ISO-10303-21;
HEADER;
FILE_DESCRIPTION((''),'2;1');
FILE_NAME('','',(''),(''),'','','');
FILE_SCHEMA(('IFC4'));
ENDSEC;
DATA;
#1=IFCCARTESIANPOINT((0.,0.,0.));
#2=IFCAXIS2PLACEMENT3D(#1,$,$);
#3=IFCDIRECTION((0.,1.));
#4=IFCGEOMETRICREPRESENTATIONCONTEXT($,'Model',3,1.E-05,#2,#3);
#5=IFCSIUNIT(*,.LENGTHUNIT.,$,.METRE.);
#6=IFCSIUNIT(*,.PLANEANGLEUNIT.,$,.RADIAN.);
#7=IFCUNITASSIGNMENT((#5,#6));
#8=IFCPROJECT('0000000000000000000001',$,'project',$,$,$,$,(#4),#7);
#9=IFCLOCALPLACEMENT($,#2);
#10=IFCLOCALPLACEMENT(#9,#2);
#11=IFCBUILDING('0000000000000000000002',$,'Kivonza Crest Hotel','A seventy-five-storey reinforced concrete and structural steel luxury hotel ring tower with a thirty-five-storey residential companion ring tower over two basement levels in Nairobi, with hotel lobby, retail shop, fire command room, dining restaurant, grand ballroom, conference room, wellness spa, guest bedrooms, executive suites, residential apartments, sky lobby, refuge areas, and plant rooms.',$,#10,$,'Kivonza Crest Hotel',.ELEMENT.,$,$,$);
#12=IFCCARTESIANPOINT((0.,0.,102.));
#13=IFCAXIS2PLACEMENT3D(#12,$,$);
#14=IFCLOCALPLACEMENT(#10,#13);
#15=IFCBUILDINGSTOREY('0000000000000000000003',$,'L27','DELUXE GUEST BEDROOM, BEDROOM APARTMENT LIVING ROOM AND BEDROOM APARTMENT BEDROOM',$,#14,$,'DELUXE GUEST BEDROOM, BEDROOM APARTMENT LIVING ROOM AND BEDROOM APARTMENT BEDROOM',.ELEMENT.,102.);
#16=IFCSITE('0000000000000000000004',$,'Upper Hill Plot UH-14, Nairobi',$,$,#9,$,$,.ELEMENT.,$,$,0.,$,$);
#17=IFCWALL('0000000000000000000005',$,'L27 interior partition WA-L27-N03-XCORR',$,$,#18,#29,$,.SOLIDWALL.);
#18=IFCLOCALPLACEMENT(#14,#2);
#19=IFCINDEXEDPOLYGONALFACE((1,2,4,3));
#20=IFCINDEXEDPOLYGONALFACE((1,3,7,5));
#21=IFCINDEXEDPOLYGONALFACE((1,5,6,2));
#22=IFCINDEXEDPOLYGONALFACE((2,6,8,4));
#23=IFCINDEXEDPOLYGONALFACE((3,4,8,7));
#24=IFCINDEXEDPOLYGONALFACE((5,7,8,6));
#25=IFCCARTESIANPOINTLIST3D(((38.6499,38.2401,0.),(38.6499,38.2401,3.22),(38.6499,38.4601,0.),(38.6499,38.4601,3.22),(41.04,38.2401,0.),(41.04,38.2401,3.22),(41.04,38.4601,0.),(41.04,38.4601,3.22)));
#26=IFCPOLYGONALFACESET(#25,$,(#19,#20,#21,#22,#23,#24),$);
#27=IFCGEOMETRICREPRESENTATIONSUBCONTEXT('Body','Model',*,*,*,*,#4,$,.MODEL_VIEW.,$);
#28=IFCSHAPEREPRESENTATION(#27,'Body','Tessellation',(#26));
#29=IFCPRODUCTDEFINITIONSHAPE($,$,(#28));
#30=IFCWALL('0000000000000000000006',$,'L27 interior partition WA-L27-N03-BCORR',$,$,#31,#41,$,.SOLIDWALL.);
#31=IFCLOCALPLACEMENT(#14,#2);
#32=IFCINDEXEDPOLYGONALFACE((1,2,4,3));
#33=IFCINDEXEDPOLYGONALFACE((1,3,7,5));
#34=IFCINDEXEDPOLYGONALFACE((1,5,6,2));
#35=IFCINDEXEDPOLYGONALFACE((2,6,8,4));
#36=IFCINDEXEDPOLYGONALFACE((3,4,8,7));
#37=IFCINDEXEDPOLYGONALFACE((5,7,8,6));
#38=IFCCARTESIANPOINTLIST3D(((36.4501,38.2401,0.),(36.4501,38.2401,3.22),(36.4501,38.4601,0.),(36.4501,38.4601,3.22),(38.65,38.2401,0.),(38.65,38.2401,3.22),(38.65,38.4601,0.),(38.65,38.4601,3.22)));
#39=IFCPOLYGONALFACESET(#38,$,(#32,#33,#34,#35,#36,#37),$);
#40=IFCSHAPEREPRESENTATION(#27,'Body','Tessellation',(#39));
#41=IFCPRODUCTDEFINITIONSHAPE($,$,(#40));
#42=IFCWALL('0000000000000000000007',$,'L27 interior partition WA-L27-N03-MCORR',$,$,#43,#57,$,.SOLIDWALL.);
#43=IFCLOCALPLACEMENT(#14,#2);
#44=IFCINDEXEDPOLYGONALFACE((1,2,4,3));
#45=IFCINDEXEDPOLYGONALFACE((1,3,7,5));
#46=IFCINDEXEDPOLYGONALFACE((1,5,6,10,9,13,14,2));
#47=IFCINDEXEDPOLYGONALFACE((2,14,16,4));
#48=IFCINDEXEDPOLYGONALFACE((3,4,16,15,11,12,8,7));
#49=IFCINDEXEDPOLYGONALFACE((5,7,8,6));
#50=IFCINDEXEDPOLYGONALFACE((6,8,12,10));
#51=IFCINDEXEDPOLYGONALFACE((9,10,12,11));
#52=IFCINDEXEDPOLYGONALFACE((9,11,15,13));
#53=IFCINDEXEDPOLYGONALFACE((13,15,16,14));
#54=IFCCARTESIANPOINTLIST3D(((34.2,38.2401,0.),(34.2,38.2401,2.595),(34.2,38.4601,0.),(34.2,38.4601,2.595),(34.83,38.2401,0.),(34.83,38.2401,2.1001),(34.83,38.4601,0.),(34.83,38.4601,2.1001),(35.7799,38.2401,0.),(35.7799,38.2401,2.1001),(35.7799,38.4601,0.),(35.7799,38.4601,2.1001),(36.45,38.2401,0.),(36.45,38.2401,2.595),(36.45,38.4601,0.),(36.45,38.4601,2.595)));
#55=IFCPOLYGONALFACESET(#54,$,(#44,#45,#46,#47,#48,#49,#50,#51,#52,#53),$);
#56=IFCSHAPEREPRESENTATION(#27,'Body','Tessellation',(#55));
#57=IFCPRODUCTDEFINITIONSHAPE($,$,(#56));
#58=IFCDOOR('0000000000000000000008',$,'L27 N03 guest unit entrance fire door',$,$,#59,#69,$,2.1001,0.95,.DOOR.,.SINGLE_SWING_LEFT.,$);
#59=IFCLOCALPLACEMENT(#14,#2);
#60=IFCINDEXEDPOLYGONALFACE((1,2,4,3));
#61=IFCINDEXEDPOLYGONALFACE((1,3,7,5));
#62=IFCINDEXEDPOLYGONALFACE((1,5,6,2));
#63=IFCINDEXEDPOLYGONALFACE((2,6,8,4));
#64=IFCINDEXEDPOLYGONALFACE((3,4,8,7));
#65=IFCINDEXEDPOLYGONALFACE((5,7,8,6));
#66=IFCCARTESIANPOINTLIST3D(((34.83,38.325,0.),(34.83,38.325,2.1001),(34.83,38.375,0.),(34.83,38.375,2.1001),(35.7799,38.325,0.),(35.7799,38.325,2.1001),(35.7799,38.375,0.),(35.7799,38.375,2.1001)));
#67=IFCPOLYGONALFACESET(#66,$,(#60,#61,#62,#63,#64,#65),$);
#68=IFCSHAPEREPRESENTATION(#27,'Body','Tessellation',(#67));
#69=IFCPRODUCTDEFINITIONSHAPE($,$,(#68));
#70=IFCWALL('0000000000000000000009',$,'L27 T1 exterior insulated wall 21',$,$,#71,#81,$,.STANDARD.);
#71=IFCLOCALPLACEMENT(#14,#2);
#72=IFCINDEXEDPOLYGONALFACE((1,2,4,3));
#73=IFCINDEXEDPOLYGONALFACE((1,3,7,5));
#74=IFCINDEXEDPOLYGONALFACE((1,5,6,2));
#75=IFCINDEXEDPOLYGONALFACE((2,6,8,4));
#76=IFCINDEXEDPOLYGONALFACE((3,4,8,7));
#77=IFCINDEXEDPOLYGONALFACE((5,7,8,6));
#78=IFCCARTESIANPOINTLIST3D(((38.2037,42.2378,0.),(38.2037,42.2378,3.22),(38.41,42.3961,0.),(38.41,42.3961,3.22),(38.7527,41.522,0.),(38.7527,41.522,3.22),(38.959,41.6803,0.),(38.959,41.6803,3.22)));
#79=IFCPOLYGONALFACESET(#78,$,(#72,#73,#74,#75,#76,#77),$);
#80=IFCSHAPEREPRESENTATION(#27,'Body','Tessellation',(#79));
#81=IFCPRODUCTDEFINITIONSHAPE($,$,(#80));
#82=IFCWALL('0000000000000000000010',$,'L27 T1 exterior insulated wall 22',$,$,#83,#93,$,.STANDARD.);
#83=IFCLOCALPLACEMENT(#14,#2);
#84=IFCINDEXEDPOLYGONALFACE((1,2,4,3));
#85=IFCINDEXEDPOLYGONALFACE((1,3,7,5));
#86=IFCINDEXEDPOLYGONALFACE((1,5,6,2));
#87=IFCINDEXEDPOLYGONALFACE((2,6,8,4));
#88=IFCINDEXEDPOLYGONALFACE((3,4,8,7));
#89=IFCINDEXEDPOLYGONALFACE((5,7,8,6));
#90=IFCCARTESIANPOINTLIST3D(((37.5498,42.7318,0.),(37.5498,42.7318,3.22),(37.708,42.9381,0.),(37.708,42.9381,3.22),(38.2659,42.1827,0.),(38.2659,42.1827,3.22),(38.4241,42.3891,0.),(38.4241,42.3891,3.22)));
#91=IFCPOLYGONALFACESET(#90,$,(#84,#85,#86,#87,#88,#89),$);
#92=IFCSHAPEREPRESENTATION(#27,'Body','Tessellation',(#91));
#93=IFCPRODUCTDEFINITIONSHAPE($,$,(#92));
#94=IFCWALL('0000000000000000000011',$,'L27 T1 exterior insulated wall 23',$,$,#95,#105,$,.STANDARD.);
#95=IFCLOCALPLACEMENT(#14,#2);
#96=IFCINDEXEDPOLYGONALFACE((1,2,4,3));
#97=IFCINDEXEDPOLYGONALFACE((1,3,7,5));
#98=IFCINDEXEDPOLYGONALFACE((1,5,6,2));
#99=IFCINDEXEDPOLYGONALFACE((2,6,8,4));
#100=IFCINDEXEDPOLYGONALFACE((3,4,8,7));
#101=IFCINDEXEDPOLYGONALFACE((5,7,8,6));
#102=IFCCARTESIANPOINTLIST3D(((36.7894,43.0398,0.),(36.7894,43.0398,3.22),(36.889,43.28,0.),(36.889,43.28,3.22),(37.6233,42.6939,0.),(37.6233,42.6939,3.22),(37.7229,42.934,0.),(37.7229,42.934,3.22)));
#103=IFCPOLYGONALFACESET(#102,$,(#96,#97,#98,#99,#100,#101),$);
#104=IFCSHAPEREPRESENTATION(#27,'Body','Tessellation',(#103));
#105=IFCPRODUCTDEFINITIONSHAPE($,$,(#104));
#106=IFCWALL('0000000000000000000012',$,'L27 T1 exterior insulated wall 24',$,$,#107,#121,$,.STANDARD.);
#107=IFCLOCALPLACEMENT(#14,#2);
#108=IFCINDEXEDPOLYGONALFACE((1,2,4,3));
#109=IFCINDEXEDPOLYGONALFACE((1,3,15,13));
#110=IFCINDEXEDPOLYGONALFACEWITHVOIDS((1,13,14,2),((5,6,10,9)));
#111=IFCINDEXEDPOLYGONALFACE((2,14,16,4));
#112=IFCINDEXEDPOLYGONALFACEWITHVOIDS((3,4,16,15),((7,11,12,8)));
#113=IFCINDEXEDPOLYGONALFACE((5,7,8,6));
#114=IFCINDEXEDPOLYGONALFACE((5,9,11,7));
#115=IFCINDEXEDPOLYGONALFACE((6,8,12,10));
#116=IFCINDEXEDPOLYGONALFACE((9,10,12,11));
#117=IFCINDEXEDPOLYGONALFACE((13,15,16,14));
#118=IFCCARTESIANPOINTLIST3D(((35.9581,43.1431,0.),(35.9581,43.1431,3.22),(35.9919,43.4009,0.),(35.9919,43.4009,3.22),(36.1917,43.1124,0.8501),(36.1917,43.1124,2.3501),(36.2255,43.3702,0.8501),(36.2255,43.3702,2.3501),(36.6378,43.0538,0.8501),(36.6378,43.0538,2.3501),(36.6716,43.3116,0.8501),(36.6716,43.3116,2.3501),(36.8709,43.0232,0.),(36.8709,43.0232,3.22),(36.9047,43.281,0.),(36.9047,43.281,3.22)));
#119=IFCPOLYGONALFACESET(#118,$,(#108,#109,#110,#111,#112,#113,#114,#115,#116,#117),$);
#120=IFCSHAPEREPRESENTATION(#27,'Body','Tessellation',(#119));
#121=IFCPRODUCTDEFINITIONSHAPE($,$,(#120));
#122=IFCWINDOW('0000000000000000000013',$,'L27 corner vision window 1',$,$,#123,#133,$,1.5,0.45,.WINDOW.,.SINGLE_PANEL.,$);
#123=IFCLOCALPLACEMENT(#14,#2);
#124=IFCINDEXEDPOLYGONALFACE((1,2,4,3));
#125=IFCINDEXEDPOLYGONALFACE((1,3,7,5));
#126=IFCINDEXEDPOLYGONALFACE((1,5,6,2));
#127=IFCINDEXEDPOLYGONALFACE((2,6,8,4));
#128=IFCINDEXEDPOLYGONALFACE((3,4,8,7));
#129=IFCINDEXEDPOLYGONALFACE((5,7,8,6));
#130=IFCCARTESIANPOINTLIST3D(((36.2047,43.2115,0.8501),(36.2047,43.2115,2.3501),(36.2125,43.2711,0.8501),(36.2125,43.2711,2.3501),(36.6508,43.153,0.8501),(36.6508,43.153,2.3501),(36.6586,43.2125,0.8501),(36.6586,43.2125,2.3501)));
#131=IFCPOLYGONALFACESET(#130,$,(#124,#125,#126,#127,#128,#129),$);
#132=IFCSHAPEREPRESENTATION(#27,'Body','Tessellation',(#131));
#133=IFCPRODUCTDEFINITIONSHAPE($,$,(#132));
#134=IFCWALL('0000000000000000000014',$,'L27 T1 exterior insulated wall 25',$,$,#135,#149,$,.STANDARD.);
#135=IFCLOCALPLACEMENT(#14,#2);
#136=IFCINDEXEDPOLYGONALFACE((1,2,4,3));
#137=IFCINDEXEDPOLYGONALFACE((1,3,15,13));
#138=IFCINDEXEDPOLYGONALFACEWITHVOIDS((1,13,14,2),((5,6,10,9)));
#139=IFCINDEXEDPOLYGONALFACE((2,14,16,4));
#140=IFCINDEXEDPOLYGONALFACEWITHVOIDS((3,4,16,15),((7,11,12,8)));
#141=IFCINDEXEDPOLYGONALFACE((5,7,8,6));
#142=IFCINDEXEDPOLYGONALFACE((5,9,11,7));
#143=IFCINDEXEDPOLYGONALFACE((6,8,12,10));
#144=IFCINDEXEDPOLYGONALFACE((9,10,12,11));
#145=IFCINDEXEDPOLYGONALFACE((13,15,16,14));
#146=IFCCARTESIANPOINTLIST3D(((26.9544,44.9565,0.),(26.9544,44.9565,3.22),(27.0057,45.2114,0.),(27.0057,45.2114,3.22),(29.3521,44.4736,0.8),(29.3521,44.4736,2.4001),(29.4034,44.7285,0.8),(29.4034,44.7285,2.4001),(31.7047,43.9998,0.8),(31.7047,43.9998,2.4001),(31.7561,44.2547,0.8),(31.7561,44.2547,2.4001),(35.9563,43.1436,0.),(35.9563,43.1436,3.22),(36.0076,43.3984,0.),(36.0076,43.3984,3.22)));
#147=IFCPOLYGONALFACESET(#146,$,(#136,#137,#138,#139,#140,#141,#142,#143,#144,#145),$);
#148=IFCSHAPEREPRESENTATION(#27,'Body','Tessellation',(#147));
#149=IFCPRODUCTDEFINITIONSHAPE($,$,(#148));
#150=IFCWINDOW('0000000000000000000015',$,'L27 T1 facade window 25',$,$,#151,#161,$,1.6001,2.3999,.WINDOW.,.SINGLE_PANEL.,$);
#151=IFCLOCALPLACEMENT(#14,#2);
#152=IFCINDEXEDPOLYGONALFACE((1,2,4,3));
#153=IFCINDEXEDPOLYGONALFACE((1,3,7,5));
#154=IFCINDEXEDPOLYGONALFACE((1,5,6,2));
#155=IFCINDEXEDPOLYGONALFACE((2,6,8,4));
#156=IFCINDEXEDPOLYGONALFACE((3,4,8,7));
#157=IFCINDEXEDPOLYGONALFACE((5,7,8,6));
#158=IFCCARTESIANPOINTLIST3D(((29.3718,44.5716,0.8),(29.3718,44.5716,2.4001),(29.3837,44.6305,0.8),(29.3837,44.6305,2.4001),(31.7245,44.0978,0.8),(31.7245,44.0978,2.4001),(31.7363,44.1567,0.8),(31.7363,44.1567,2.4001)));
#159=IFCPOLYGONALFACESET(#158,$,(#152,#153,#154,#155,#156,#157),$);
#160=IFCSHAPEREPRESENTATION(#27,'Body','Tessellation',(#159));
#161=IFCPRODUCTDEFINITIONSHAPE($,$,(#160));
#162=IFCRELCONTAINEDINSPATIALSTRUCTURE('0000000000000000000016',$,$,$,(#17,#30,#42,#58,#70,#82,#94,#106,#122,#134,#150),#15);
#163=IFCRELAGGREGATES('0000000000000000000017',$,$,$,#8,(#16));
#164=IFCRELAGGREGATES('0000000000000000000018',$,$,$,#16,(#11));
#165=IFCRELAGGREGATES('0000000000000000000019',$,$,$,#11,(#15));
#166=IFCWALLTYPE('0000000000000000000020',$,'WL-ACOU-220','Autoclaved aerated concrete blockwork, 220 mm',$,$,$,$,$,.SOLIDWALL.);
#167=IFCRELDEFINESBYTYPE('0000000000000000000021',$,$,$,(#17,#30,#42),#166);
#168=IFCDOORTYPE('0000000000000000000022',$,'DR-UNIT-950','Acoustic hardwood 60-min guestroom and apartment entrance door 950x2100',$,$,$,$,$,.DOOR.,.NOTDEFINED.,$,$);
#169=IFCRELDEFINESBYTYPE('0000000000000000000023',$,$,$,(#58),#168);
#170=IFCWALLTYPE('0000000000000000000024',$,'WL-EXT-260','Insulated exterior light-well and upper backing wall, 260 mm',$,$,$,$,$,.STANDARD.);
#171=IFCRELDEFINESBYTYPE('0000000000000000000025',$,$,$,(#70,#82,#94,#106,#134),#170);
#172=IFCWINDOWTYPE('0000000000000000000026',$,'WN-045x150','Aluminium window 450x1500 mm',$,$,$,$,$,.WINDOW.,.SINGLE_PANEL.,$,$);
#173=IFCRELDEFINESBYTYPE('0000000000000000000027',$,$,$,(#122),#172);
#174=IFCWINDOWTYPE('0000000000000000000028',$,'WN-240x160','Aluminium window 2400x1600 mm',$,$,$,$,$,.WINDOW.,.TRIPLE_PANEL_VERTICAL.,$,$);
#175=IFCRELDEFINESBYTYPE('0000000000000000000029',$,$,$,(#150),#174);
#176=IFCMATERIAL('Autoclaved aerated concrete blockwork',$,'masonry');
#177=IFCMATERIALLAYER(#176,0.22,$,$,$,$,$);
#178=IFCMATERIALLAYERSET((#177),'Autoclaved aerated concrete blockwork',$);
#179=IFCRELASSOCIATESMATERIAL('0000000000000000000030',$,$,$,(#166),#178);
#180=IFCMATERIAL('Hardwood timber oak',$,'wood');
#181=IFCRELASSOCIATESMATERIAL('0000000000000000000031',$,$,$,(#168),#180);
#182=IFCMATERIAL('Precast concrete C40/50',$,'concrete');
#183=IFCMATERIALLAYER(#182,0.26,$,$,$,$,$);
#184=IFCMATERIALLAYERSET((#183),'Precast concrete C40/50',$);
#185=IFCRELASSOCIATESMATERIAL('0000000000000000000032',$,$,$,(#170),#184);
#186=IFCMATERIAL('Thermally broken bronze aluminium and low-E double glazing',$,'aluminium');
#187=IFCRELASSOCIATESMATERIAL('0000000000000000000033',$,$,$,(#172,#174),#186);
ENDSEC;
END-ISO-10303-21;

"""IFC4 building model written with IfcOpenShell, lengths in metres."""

from ifc_helpers import new_model, si_unit, direction, frame, frame_2d, origin, place, context, subcontext, project, spatial, rectangle, extrude, material, layer, layer_set, type_object, element, fill, save


model = new_model("IFC4")

# Units and contexts
model_context = context("Model", 3, precision=1e-05, world=origin(), true_north=direction((0.0, 1.0)))
body_context = subcontext(model_context, "Body", "Model", "MODEL_VIEW")
ifc_project = project(units=[si_unit("LENGTHUNIT", "METRE"), si_unit("PLANEANGLEUNIT", "RADIAN")], contexts=[model_context])

# Site, building, storey
site_placement = place(None, origin())
site = spatial("IfcSite", under=ifc_project, at=site_placement, Name="Upper Hill Plot UH-14, Nairobi", CompositionType="ELEMENT", RefElevation=0.0)
building_placement = place(site_placement, origin())
building = spatial("IfcBuilding", under=site, at=building_placement, Name="Kivonza Crest Hotel", Description="A seventy-five-storey reinforced concrete and structural steel luxury hotel ring tower with a thirty-five-storey residential companion ring tower over two basement levels in Nairobi, with hotel lobby, retail shop, fire command room, dining restaurant, grand ballroom, conference room, wellness spa, guest bedrooms, executive suites, residential apartments, sky lobby, refuge areas, and plant rooms.", LongName="Kivonza Crest Hotel", CompositionType="ELEMENT")
storey_placement = place(building_placement, frame((0.0, 0.0, 102.0)))
storey = spatial("IfcBuildingStorey", under=building, at=storey_placement, Name="L27", Description="DELUXE GUEST BEDROOM, BEDROOM APARTMENT LIVING ROOM AND BEDROOM APARTMENT BEDROOM", LongName="DELUXE GUEST BEDROOM, BEDROOM APARTMENT LIVING ROOM AND BEDROOM APARTMENT BEDROOM", CompositionType="ELEMENT", Elevation=102.0)

# Shared definitions
ifc_material_1 = material(Name="Autoclaved aerated concrete blockwork", Category="masonry")
ifc_layer_1 = layer(ifc_material_1, 0.22)
ifc_layer_set_1 = layer_set([ifc_layer_1], Name="Autoclaved aerated concrete blockwork")
wall_type_1 = type_object("IfcWallType", Name="WL-ACOU-220", Description="Autoclaved aerated concrete blockwork, 220 mm", PredefinedType="SOLIDWALL", material=ifc_layer_set_1)
ifc_material_2 = material(Name="Hardwood timber oak", Category="wood")
door_type_1 = type_object("IfcDoorType", Name="DR-UNIT-950", Description="Acoustic hardwood 60-min guestroom and apartment entrance door 950x2100", OperationType="NOTDEFINED", PredefinedType="DOOR", material=ifc_material_2)

# Walls
wall_1_placement = place(storey_placement, frame((38.6499, 38.3501, 0.0), z_axis=(0.0, 0.0, 1.0), x_axis=(1.0, 0.0, 0.0)))
element("IfcWall", 1, at=wall_1_placement, inside=storey, type_object=wall_type_1, Name="L27 interior partition WA-L27-N03-XCORR", PredefinedType="SOLIDWALL", context=body_context, shape_type="SweptSolid", body=[
    extrude(rectangle(XDim=2.3901, YDim=0.22, at=frame_2d((1.1951, 0.0))), origin(), (0.0, 0.0, 1.0), 3.22),
])
wall_2_placement = place(storey_placement, frame((36.45, 38.3501, 0.0), z_axis=(0.0, 0.0, 1.0), x_axis=(1.0, 0.0, 0.0)))
element("IfcWall", 2, at=wall_2_placement, inside=storey, type_object=wall_type_1, Name="L27 interior partition WA-L27-N03-BCORR", PredefinedType="SOLIDWALL", context=body_context, shape_type="SweptSolid", body=[
    extrude(rectangle(XDim=2.2, YDim=0.22, at=frame_2d((1.1001, 0.0))), origin(), (0.0, 0.0, 1.0), 3.22),
])

# Wall, opening, door
wall_3_placement = place(storey_placement, frame((34.2, 38.3501, 0.0), z_axis=(0.0, 0.0, 1.0), x_axis=(1.0, 0.0, 0.0)))
wall_3 = element("IfcWall", 3, at=wall_3_placement, inside=storey, type_object=wall_type_1, Name="L27 interior partition WA-L27-N03-MCORR", PredefinedType="SOLIDWALL", context=body_context, shape_type="SweptSolid", body=[
    extrude(rectangle(XDim=2.25, YDim=0.22, at=frame_2d((1.125, 0.0))), origin(), (0.0, 0.0, 1.0), 2.595),
])
opening_1_placement = place(wall_3_placement, frame((0.6299, 0.0, 0.0)))
opening_1 = element("IfcOpeningElement", 4, at=opening_1_placement, cuts=wall_3, PredefinedType="OPENING", context=body_context, shape_type="SweptSolid", body=[
    extrude(rectangle(XDim=0.95, YDim=2.1001, at=frame_2d((0.4751, 1.05))), frame((0.0, 0.1201, 0.0), z_axis=(0.0, -1.0, 0.0), x_axis=(1.0, 0.0, 0.0)), (0.0, 0.0, 1.0), 0.24),
])
door_1_placement = place(opening_1_placement, origin())
door_1 = element("IfcDoor", 5, at=door_1_placement, inside=storey, type_object=door_type_1, Name="L27 N03 guest unit entrance fire door", OperationType="SINGLE_SWING_LEFT", OverallHeight=2.1001, OverallWidth=0.95, PredefinedType="DOOR", context=body_context, shape_type="SweptSolid", body=[
    extrude(rectangle(XDim=0.95, YDim=2.1001, at=frame_2d((0.4751, 1.05))), frame((0.0, 0.0249, 0.0), z_axis=(0.0, -1.0, 0.0), x_axis=(1.0, 0.0, 0.0)), (0.0, 0.0, 1.0), 0.05),
])
fill(opening_1, door_1)

# Walls
ifc_material_3 = material(Name="Precast concrete C40/50", Category="concrete")
ifc_layer_2 = layer(ifc_material_3, 0.26)
ifc_layer_set_2 = layer_set([ifc_layer_2], Name="Precast concrete C40/50")
wall_type_2 = type_object("IfcWallType", Name="WL-EXT-260", Description="Insulated exterior light-well and upper backing wall, 260 mm", PredefinedType="STANDARD", material=ifc_layer_set_2)
wall_4_placement = place(storey_placement, frame((38.856, 41.6011, 0.0), z_axis=(0.0, 0.0, 1.0), x_axis=(-0.608625, 0.793458, 0.0)))
element("IfcWall", 6, at=wall_4_placement, inside=storey, type_object=wall_type_2, Name="L27 T1 exterior insulated wall 21", PredefinedType="STANDARD", context=body_context, shape_type="SweptSolid", body=[
    extrude(rectangle(XDim=0.9021, YDim=0.26, at=frame_2d((0.4512, 0.0))), origin(), (0.0, 0.0, 1.0), 3.22),
])
wall_5_placement = place(storey_placement, frame((38.345, 42.2859, 0.0), z_axis=(0.0, 0.0, 1.0), x_axis=(-0.793558, 0.608494, 0.0)))
element("IfcWall", 7, at=wall_5_placement, inside=storey, type_object=wall_type_2, Name="L27 T1 exterior insulated wall 22", PredefinedType="STANDARD", context=body_context, shape_type="SweptSolid", body=[
    extrude(rectangle(XDim=0.9023, YDim=0.26, at=frame_2d((0.4512, 0.0))), origin(), (0.0, 0.0, 1.0), 3.22),
])
wall_6_placement = place(storey_placement, frame((37.6731, 42.814, 0.0), z_axis=(0.0, 0.0, 1.0), x_axis=(-0.923684, 0.383156, 0.0)))
element("IfcWall", 8, at=wall_6_placement, inside=storey, type_object=wall_type_2, Name="L27 T1 exterior insulated wall 23", PredefinedType="STANDARD", context=body_context, shape_type="SweptSolid", body=[
    extrude(rectangle(XDim=0.9028, YDim=0.26, at=frame_2d((0.4514, 0.0))), origin(), (0.0, 0.0, 1.0), 3.22),
])

# Walls, openings, windows
wall_7_placement = place(storey_placement, frame((36.8879, 43.1521, 0.0), z_axis=(0.0, 0.0, 1.0), x_axis=(-0.991488, 0.130201, 0.0)))
wall_7 = element("IfcWall", 9, at=wall_7_placement, inside=storey, type_object=wall_type_2, Name="L27 T1 exterior insulated wall 24", PredefinedType="STANDARD", context=body_context, shape_type="SweptSolid", body=[
    extrude(rectangle(XDim=0.9207, YDim=0.26, at=frame_2d((0.4604, 0.0))), origin(), (0.0, 0.0, 1.0), 3.22),
])
opening_2_placement = place(wall_7_placement, frame((0.2351, 0.0, 0.8501)))
opening_2 = element("IfcOpeningElement", 10, at=opening_2_placement, cuts=wall_7, PredefinedType="OPENING", context=body_context, shape_type="SweptSolid", body=[
    extrude(rectangle(XDim=0.45, YDim=1.5, at=frame_2d((0.2251, 0.75))), frame((0.0, 0.1401, 0.0), z_axis=(0.0, -1.0, 0.0), x_axis=(1.0, 0.0, 0.0)), (0.0, 0.0, 1.0), 0.28),
])
ifc_material_4 = material(Name="Thermally broken bronze aluminium and low-E double glazing", Category="aluminium")
window_type_1 = type_object("IfcWindowType", Name="WN-045x150", Description="Aluminium window 450x1500 mm", PartitioningType="SINGLE_PANEL", PredefinedType="WINDOW", material=ifc_material_4)
window_1_placement = place(opening_2_placement, origin())
window_1 = element("IfcWindow", 11, at=window_1_placement, inside=storey, type_object=window_type_1, Name="L27 corner vision window 1", OverallHeight=1.5, OverallWidth=0.45, PartitioningType="SINGLE_PANEL", PredefinedType="WINDOW", context=body_context, shape_type="SweptSolid", body=[
    extrude(rectangle(XDim=0.45, YDim=1.5, at=frame_2d((0.2251, 0.75))), frame((0.0, 0.03, 0.0), z_axis=(0.0, -1.0, 0.0), x_axis=(1.0, 0.0, 0.0)), (0.0, 0.0, 1.0), 0.0601),
])
fill(opening_2, window_1)
wall_8_placement = place(storey_placement, frame((35.9819, 43.271, 0.0), z_axis=(0.0, 0.0, 1.0), x_axis=(-0.980316, 0.197435, 0.0)))
wall_8 = element("IfcWall", 12, at=wall_8_placement, inside=storey, type_object=wall_type_2, Name="L27 T1 exterior insulated wall 25", PredefinedType="STANDARD", context=body_context, shape_type="SweptSolid", body=[
    extrude(rectangle(XDim=9.1826, YDim=0.26, at=frame_2d((4.5913, 0.0))), origin(), (0.0, 0.0, 1.0), 3.22),
])
opening_3_placement = place(wall_8_placement, frame((4.3369, 0.0, 0.8)))
opening_3 = element("IfcOpeningElement", 13, at=opening_3_placement, cuts=wall_8, PredefinedType="OPENING", context=body_context, shape_type="SweptSolid", body=[
    extrude(rectangle(XDim=2.3999, YDim=1.6001, at=frame_2d((1.2, 0.8))), frame((0.0, 0.1401, 0.0), z_axis=(0.0, -1.0, 0.0), x_axis=(1.0, 0.0, 0.0)), (0.0, 0.0, 1.0), 0.28),
])
window_type_2 = type_object("IfcWindowType", Name="WN-240x160", Description="Aluminium window 2400x1600 mm", PartitioningType="TRIPLE_PANEL_VERTICAL", PredefinedType="WINDOW", material=ifc_material_4)
window_2_placement = place(opening_3_placement, origin())
window_2 = element("IfcWindow", 14, at=window_2_placement, inside=storey, type_object=window_type_2, Name="L27 T1 facade window 25", OverallHeight=1.6001, OverallWidth=2.3999, PartitioningType="SINGLE_PANEL", PredefinedType="WINDOW", context=body_context, shape_type="SweptSolid", body=[
    extrude(rectangle(XDim=2.3999, YDim=1.6001, at=frame_2d((1.2, 0.8))), frame((0.0, 0.03, 0.0), z_axis=(0.0, -1.0, 0.0), x_axis=(1.0, 0.0, 0.0)), (0.0, 0.0, 1.0), 0.0601),
])
fill(opening_3, window_2)

save(model, "model.ifc")
